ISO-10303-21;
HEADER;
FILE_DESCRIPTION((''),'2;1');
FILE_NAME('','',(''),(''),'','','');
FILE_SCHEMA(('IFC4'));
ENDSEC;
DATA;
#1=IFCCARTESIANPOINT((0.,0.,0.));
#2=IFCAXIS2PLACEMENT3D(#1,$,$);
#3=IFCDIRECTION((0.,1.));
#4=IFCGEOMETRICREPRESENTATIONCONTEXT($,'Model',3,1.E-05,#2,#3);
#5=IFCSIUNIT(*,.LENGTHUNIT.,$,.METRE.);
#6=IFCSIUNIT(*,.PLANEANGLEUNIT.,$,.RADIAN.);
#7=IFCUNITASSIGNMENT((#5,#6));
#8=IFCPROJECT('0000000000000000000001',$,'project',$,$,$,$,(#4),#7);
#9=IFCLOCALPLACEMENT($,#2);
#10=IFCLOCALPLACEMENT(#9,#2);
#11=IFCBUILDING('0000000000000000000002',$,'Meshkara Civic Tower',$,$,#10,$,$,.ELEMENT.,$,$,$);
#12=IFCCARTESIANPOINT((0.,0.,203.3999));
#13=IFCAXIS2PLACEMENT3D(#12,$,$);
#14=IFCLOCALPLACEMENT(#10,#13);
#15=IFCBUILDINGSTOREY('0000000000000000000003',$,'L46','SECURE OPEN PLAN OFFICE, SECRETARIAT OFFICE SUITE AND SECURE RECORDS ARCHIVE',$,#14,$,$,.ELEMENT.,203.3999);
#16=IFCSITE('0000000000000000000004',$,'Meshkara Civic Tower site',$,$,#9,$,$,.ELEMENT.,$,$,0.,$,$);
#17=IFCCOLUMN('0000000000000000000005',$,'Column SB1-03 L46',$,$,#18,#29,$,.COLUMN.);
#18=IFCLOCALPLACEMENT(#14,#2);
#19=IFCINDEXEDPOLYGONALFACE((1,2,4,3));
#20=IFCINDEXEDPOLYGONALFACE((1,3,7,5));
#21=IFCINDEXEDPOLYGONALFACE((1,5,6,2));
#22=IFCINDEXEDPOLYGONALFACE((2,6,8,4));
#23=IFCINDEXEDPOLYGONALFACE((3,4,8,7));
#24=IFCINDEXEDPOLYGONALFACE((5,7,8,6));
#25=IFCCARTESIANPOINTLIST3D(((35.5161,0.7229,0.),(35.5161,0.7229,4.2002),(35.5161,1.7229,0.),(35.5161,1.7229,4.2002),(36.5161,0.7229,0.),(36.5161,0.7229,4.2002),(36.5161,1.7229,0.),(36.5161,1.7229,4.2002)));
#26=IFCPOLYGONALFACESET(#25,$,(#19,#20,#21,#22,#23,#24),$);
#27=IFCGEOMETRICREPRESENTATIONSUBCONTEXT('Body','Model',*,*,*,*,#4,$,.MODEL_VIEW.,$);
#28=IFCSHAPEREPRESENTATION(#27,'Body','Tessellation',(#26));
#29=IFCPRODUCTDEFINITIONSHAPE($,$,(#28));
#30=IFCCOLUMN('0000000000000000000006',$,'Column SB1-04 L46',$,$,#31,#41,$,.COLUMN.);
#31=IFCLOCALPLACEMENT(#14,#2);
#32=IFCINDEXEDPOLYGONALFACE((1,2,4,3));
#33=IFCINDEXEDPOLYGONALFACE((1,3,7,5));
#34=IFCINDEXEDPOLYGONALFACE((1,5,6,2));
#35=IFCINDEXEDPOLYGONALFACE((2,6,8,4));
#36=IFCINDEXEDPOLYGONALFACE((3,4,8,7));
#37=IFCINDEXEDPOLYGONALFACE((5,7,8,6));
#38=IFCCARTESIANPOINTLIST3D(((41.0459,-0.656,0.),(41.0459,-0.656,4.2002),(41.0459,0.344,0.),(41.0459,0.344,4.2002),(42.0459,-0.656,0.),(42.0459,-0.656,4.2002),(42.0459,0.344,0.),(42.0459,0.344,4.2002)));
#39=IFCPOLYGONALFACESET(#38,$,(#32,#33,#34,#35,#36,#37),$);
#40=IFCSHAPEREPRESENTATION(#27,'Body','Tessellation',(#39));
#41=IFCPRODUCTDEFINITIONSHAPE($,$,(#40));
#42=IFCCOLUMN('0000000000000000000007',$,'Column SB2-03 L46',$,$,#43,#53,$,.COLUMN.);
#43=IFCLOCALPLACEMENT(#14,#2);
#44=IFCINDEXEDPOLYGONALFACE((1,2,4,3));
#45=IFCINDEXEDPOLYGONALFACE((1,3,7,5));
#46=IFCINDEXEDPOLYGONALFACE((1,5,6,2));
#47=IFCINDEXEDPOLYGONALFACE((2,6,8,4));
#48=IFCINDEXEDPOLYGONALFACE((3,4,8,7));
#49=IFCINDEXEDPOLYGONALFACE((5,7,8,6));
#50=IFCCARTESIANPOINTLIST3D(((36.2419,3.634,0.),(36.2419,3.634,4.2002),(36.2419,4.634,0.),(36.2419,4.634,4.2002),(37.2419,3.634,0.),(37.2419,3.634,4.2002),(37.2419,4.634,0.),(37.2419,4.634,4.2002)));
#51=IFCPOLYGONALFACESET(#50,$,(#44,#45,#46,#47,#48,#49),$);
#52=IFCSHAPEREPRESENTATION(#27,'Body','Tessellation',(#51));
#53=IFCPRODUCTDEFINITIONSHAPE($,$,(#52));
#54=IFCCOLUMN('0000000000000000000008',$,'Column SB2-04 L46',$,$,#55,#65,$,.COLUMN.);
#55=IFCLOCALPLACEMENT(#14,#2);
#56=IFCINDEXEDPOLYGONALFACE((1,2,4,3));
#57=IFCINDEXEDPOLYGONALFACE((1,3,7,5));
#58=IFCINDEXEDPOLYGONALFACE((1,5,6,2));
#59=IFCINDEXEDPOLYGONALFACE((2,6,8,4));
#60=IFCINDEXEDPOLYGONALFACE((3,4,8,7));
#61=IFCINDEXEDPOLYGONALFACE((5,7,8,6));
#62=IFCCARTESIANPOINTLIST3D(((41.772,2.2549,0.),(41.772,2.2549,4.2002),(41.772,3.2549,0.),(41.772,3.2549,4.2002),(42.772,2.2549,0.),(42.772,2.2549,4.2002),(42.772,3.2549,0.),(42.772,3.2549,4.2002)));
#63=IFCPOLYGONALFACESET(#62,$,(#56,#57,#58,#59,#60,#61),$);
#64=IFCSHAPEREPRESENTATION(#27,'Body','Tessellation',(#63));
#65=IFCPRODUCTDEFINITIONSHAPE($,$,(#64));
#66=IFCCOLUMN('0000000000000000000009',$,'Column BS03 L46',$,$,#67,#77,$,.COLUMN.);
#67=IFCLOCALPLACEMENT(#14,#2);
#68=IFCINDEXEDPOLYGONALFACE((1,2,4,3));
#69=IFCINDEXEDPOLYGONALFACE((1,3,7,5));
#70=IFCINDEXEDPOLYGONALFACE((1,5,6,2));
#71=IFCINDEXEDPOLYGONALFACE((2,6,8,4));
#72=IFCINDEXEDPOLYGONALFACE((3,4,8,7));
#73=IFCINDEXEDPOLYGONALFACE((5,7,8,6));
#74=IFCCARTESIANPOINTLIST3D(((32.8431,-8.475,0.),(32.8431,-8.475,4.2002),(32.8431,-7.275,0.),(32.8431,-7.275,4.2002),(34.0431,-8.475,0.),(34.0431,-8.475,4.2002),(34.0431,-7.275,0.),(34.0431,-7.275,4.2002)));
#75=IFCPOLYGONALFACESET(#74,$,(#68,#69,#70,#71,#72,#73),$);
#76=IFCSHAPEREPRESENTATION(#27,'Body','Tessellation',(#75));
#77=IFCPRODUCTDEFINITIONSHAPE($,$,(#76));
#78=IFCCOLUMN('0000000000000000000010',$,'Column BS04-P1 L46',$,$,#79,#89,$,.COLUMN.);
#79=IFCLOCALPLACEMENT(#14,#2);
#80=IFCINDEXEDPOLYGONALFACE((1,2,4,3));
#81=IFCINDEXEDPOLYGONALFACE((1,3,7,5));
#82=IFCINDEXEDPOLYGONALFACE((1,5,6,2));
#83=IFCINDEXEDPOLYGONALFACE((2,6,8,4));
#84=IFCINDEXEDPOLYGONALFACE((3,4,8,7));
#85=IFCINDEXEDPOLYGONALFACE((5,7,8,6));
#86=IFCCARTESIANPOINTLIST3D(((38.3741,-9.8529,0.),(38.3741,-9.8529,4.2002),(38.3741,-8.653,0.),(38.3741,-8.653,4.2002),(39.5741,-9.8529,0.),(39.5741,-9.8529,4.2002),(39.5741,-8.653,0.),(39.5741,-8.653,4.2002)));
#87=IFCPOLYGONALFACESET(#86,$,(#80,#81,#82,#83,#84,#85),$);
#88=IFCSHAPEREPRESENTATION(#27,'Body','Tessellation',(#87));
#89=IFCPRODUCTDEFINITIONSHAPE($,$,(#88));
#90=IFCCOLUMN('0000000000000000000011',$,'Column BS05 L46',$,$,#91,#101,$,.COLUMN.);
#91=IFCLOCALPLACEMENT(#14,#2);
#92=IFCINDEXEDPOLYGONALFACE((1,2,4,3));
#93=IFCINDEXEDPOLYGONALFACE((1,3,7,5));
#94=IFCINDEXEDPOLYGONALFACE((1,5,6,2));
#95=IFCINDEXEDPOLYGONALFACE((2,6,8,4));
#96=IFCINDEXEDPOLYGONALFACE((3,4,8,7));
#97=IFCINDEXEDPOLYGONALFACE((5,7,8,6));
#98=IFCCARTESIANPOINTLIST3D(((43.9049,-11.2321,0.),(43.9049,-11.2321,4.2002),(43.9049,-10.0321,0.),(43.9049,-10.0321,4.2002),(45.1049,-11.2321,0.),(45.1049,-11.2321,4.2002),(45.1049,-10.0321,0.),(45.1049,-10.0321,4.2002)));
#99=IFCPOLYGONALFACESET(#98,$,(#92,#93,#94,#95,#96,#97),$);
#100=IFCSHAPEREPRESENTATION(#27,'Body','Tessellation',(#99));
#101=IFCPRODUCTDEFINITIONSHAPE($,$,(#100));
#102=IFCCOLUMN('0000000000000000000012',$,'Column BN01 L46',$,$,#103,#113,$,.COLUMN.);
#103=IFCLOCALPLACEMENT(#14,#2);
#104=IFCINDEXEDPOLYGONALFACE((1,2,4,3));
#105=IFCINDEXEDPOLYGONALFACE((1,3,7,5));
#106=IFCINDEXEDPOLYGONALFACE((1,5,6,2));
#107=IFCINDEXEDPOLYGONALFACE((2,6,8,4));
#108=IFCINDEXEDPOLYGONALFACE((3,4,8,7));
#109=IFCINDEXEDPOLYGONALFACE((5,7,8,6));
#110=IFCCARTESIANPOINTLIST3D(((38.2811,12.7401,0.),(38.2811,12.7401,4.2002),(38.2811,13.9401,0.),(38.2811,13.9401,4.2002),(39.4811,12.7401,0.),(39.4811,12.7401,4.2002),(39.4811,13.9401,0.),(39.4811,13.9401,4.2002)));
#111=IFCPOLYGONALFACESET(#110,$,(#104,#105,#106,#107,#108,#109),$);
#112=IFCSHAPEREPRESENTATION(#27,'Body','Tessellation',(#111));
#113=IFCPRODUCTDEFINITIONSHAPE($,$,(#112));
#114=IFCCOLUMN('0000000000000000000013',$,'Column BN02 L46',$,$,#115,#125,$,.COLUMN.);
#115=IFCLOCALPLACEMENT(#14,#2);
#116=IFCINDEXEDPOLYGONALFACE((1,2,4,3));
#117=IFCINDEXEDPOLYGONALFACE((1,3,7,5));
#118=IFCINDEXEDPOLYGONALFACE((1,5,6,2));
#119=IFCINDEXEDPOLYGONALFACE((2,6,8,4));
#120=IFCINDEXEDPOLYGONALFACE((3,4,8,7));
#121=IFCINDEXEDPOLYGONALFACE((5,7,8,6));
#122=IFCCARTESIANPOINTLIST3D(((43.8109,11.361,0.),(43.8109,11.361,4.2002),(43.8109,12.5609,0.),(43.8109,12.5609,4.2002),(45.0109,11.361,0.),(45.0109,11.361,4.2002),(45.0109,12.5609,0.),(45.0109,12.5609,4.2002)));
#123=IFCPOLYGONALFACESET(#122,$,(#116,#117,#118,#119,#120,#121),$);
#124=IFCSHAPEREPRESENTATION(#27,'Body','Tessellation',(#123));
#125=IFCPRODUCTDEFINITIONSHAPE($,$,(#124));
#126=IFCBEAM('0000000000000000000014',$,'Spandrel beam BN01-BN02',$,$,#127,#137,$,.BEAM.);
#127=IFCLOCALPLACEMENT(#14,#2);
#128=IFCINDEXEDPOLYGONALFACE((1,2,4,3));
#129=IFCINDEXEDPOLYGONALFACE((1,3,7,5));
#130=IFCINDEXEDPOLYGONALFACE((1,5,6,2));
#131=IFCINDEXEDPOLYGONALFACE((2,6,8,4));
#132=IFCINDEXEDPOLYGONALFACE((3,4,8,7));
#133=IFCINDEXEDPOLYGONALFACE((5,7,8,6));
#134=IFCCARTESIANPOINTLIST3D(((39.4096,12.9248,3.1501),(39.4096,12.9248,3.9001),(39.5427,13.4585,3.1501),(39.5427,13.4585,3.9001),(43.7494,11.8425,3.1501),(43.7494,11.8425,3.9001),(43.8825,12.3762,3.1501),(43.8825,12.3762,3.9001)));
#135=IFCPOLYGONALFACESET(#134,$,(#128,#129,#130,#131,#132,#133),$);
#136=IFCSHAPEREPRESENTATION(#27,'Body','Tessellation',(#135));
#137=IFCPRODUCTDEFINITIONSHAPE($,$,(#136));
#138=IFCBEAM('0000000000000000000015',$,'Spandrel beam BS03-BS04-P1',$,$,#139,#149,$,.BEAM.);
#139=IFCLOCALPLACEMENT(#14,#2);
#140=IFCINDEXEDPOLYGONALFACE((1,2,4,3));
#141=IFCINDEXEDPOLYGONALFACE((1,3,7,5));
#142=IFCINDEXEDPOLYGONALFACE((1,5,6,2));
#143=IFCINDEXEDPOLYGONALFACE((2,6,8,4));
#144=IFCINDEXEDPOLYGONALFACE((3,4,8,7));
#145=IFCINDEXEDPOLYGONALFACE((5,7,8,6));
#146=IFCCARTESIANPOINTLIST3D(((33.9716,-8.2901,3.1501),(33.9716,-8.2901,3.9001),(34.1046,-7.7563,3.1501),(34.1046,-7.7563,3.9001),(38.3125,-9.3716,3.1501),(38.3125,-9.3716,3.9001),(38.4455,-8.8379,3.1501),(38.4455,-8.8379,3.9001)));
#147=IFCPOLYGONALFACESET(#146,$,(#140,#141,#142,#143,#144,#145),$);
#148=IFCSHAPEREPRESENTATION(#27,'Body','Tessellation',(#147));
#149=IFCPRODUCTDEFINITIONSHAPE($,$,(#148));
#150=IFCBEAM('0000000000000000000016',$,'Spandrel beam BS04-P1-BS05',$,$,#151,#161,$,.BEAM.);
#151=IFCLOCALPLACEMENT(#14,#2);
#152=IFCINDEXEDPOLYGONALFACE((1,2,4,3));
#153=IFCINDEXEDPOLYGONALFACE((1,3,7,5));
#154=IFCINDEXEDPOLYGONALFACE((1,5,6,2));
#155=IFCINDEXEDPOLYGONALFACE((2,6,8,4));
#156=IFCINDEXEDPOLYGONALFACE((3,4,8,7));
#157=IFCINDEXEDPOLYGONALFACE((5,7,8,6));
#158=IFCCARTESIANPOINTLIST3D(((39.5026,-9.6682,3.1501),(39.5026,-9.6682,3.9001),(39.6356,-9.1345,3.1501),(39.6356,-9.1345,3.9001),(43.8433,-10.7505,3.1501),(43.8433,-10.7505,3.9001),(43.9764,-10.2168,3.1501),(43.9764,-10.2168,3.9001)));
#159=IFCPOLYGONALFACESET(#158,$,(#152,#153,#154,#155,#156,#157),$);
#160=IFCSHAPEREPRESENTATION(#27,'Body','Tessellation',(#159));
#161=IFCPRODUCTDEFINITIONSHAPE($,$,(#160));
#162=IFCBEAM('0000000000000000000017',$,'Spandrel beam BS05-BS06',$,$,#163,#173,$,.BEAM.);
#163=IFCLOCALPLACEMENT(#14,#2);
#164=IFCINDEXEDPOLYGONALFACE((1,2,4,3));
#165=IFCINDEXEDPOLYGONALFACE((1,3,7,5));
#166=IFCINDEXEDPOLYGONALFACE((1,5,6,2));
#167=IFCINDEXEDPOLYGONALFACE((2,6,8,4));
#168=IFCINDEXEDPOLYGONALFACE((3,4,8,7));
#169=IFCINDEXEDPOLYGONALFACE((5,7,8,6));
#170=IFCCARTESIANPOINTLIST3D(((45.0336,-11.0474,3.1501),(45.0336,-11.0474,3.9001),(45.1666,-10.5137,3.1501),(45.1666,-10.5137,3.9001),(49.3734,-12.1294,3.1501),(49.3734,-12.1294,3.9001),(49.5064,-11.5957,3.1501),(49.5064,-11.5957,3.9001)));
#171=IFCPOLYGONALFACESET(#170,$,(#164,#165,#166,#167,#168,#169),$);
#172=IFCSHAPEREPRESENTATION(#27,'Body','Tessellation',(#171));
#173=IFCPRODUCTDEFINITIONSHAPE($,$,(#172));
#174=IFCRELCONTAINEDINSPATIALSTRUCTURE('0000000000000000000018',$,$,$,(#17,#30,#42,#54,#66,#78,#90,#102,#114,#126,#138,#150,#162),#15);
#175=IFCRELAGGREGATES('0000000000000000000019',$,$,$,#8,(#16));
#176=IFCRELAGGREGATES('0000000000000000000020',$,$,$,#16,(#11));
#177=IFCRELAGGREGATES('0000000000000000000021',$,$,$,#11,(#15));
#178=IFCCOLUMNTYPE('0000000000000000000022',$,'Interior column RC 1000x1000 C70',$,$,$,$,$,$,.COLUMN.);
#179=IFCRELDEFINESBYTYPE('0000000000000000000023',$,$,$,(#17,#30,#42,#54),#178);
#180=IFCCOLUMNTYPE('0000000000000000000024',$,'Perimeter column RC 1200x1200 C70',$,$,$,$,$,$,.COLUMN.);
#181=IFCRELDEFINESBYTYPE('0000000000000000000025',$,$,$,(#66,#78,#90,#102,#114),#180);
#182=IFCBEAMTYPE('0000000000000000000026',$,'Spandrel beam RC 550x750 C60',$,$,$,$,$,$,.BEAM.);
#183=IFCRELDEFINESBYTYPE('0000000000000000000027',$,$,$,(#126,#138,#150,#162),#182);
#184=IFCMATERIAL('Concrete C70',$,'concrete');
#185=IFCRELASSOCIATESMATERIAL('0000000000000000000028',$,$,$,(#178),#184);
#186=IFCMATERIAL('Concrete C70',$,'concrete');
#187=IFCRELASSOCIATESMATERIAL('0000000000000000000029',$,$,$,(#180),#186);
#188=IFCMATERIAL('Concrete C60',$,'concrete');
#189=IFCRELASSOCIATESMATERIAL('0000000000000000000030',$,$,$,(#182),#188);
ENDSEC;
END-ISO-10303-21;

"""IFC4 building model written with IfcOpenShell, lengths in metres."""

from ifc_helpers import new_model, si_unit, direction, frame, origin, origin_2d, place, context, subcontext, project, spatial, rectangle, extrude, material, material_profile, profile_set, type_object, element, save


model = new_model("IFC4")

# Units and contexts
model_context = context("Model", 3, precision=1e-05, world=origin(), true_north=direction((0.0, 1.0)))
body_context = subcontext(model_context, "Body", "Model", "MODEL_VIEW")
ifc_project = project(units=[si_unit("LENGTHUNIT", "METRE"), si_unit("PLANEANGLEUNIT", "RADIAN")], contexts=[model_context])

# Site, building, storey
site_placement = place(None, origin())
site = spatial("IfcSite", under=ifc_project, at=site_placement, Name="Meshkara Civic Tower site", CompositionType="ELEMENT", RefElevation=0.0)
building_placement = place(site_placement, origin())
building = spatial("IfcBuilding", under=site, at=building_placement, Name="Meshkara Civic Tower", CompositionType="ELEMENT")
storey_placement = place(building_placement, frame((0.0, 0.0, 203.3999)))
storey = spatial("IfcBuildingStorey", under=building, at=storey_placement, Name="L46", Description="SECURE OPEN PLAN OFFICE, SECRETARIAT OFFICE SUITE AND SECURE RECORDS ARCHIVE", CompositionType="ELEMENT", Elevation=203.3999)

# Columns
ifc_material_1 = material(Name="Concrete C70", Category="concrete")
ifc_material_profile_1 = material_profile(ifc_material_1, rectangle(XDim=1.0, YDim=1.0, at=origin_2d()))
ifc_profile_set_1 = profile_set([ifc_material_profile_1], Name="Concrete C70")
column_type_1 = type_object("IfcColumnType", Name="Interior column RC 1000x1000 C70", PredefinedType="COLUMN", material=ifc_profile_set_1)
for number, where, z_axis, x_axis, name in (
    (1, (36.0161, 1.2229, 0.0), (0.0, 0.0, 1.0), (1.0, 0.0, 0.0), "Column SB1-03 L46"),
    (2, (41.5459, -0.156, 0.0), (0.0, 0.0, 1.0), (1.0, 0.0, 0.0), "Column SB1-04 L46"),
    (3, (36.7419, 4.134, 0.0), (0.0, 0.0, 1.0), (1.0, 0.0, 0.0), "Column SB2-03 L46"),
    (4, (42.272, 2.7549, 0.0), (0.0, 0.0, 1.0), (1.0, 0.0, 0.0), "Column SB2-04 L46"),
):
    element("IfcColumn", number, at=place(storey_placement, frame(where, z_axis=z_axis, x_axis=x_axis)), inside=storey, type_object=column_type_1, Name=name, PredefinedType="COLUMN", context=body_context, shape_type="SweptSolid", body=[
        extrude(rectangle(XDim=1.0, YDim=1.0, at=origin_2d()), origin(), (0.0, 0.0, 1.0), 4.2002),
    ])
ifc_material_2 = material(Name="Concrete C70", Category="concrete")
ifc_material_profile_2 = material_profile(ifc_material_2, rectangle(XDim=1.2, YDim=1.2, at=origin_2d()))
ifc_profile_set_2 = profile_set([ifc_material_profile_2], Name="Concrete C70")
column_type_2 = type_object("IfcColumnType", Name="Perimeter column RC 1200x1200 C70", PredefinedType="COLUMN", material=ifc_profile_set_2)
for number, where, z_axis, x_axis, name in (
    (5, (33.4431, -7.875, 0.0), (0.0, 0.0, 1.0), (1.0, 0.0, 0.0), "Column BS03 L46"),
    (6, (38.9741, -9.2529, 0.0), (0.0, 0.0, 1.0), (1.0, 0.0, 0.0), "Column BS04-P1 L46"),
    (7, (44.5049, -10.6321, 0.0), (0.0, 0.0, 1.0), (1.0, 0.0, 0.0), "Column BS05 L46"),
    (8, (38.8811, 13.3401, 0.0), (0.0, 0.0, 1.0), (1.0, 0.0, 0.0), "Column BN01 L46"),
    (9, (44.4109, 11.9609, 0.0), (0.0, 0.0, 1.0), (1.0, 0.0, 0.0), "Column BN02 L46"),
):
    element("IfcColumn", number, at=place(storey_placement, frame(where, z_axis=z_axis, x_axis=x_axis)), inside=storey, type_object=column_type_2, Name=name, PredefinedType="COLUMN", context=body_context, shape_type="SweptSolid", body=[
        extrude(rectangle(XDim=1.2, YDim=1.2, at=origin_2d()), origin(), (0.0, 0.0, 1.0), 4.2002),
    ])

# Beams
ifc_material_3 = material(Name="Concrete C60", Category="concrete")
ifc_material_profile_3 = material_profile(ifc_material_3, rectangle(XDim=0.55, YDim=0.75, at=origin_2d()))
ifc_profile_set_3 = profile_set([ifc_material_profile_3], Name="Concrete C60")
beam_type = type_object("IfcBeamType", Name="Spandrel beam RC 550x750 C60", PredefinedType="BEAM", material=ifc_profile_set_3)
beam_1_placement = place(storey_placement, frame((43.8159, 12.1094, 3.5251), z_axis=(-0.970284, 0.24197, 0.0), x_axis=(-0.24197, -0.970284, 0.0)))
element("IfcBeam", 10, at=beam_1_placement, inside=storey, type_object=beam_type, Name="Spandrel beam BN01-BN02", PredefinedType="BEAM", context=body_context, shape_type="SweptSolid", body=[
    extrude(rectangle(XDim=0.55, YDim=0.75, at=origin_2d()), origin(), (0.0, 0.0, 1.0), 4.4727),
])
for number, where, z_axis, x_axis, name in (
    (11, (34.0381, -8.0232, 3.5251), (0.970335, -0.241765, 0.0), (0.241765, 0.970335, 0.0), "Spandrel beam BS03-BS04-P1"),
    (12, (39.5691, -9.4014, 3.5251), (0.970296, -0.241919, 0.0), (0.241919, 0.970296, 0.0), "Spandrel beam BS04-P1-BS05"),
):
    element("IfcBeam", number, at=place(storey_placement, frame(where, z_axis=z_axis, x_axis=x_axis)), inside=storey, type_object=beam_type, Name=name, PredefinedType="BEAM", context=body_context, shape_type="SweptSolid", body=[
        extrude(rectangle(XDim=0.55, YDim=0.75, at=origin_2d()), origin(), (0.0, 0.0, 1.0), 4.4736),
    ])
beam_2_placement = place(storey_placement, frame((45.1001, -10.7805, 3.5251), z_axis=(0.970296, -0.241919, 0.0), x_axis=(0.241919, 0.970296, 0.0)))
element("IfcBeam", 13, at=beam_2_placement, inside=storey, type_object=beam_type, Name="Spandrel beam BS05-BS06", PredefinedType="BEAM", context=body_context, shape_type="SweptSolid", body=[
    extrude(rectangle(XDim=0.55, YDim=0.75, at=origin_2d()), origin(), (0.0, 0.0, 1.0), 4.4727),
])

save(model, "model.ifc")
